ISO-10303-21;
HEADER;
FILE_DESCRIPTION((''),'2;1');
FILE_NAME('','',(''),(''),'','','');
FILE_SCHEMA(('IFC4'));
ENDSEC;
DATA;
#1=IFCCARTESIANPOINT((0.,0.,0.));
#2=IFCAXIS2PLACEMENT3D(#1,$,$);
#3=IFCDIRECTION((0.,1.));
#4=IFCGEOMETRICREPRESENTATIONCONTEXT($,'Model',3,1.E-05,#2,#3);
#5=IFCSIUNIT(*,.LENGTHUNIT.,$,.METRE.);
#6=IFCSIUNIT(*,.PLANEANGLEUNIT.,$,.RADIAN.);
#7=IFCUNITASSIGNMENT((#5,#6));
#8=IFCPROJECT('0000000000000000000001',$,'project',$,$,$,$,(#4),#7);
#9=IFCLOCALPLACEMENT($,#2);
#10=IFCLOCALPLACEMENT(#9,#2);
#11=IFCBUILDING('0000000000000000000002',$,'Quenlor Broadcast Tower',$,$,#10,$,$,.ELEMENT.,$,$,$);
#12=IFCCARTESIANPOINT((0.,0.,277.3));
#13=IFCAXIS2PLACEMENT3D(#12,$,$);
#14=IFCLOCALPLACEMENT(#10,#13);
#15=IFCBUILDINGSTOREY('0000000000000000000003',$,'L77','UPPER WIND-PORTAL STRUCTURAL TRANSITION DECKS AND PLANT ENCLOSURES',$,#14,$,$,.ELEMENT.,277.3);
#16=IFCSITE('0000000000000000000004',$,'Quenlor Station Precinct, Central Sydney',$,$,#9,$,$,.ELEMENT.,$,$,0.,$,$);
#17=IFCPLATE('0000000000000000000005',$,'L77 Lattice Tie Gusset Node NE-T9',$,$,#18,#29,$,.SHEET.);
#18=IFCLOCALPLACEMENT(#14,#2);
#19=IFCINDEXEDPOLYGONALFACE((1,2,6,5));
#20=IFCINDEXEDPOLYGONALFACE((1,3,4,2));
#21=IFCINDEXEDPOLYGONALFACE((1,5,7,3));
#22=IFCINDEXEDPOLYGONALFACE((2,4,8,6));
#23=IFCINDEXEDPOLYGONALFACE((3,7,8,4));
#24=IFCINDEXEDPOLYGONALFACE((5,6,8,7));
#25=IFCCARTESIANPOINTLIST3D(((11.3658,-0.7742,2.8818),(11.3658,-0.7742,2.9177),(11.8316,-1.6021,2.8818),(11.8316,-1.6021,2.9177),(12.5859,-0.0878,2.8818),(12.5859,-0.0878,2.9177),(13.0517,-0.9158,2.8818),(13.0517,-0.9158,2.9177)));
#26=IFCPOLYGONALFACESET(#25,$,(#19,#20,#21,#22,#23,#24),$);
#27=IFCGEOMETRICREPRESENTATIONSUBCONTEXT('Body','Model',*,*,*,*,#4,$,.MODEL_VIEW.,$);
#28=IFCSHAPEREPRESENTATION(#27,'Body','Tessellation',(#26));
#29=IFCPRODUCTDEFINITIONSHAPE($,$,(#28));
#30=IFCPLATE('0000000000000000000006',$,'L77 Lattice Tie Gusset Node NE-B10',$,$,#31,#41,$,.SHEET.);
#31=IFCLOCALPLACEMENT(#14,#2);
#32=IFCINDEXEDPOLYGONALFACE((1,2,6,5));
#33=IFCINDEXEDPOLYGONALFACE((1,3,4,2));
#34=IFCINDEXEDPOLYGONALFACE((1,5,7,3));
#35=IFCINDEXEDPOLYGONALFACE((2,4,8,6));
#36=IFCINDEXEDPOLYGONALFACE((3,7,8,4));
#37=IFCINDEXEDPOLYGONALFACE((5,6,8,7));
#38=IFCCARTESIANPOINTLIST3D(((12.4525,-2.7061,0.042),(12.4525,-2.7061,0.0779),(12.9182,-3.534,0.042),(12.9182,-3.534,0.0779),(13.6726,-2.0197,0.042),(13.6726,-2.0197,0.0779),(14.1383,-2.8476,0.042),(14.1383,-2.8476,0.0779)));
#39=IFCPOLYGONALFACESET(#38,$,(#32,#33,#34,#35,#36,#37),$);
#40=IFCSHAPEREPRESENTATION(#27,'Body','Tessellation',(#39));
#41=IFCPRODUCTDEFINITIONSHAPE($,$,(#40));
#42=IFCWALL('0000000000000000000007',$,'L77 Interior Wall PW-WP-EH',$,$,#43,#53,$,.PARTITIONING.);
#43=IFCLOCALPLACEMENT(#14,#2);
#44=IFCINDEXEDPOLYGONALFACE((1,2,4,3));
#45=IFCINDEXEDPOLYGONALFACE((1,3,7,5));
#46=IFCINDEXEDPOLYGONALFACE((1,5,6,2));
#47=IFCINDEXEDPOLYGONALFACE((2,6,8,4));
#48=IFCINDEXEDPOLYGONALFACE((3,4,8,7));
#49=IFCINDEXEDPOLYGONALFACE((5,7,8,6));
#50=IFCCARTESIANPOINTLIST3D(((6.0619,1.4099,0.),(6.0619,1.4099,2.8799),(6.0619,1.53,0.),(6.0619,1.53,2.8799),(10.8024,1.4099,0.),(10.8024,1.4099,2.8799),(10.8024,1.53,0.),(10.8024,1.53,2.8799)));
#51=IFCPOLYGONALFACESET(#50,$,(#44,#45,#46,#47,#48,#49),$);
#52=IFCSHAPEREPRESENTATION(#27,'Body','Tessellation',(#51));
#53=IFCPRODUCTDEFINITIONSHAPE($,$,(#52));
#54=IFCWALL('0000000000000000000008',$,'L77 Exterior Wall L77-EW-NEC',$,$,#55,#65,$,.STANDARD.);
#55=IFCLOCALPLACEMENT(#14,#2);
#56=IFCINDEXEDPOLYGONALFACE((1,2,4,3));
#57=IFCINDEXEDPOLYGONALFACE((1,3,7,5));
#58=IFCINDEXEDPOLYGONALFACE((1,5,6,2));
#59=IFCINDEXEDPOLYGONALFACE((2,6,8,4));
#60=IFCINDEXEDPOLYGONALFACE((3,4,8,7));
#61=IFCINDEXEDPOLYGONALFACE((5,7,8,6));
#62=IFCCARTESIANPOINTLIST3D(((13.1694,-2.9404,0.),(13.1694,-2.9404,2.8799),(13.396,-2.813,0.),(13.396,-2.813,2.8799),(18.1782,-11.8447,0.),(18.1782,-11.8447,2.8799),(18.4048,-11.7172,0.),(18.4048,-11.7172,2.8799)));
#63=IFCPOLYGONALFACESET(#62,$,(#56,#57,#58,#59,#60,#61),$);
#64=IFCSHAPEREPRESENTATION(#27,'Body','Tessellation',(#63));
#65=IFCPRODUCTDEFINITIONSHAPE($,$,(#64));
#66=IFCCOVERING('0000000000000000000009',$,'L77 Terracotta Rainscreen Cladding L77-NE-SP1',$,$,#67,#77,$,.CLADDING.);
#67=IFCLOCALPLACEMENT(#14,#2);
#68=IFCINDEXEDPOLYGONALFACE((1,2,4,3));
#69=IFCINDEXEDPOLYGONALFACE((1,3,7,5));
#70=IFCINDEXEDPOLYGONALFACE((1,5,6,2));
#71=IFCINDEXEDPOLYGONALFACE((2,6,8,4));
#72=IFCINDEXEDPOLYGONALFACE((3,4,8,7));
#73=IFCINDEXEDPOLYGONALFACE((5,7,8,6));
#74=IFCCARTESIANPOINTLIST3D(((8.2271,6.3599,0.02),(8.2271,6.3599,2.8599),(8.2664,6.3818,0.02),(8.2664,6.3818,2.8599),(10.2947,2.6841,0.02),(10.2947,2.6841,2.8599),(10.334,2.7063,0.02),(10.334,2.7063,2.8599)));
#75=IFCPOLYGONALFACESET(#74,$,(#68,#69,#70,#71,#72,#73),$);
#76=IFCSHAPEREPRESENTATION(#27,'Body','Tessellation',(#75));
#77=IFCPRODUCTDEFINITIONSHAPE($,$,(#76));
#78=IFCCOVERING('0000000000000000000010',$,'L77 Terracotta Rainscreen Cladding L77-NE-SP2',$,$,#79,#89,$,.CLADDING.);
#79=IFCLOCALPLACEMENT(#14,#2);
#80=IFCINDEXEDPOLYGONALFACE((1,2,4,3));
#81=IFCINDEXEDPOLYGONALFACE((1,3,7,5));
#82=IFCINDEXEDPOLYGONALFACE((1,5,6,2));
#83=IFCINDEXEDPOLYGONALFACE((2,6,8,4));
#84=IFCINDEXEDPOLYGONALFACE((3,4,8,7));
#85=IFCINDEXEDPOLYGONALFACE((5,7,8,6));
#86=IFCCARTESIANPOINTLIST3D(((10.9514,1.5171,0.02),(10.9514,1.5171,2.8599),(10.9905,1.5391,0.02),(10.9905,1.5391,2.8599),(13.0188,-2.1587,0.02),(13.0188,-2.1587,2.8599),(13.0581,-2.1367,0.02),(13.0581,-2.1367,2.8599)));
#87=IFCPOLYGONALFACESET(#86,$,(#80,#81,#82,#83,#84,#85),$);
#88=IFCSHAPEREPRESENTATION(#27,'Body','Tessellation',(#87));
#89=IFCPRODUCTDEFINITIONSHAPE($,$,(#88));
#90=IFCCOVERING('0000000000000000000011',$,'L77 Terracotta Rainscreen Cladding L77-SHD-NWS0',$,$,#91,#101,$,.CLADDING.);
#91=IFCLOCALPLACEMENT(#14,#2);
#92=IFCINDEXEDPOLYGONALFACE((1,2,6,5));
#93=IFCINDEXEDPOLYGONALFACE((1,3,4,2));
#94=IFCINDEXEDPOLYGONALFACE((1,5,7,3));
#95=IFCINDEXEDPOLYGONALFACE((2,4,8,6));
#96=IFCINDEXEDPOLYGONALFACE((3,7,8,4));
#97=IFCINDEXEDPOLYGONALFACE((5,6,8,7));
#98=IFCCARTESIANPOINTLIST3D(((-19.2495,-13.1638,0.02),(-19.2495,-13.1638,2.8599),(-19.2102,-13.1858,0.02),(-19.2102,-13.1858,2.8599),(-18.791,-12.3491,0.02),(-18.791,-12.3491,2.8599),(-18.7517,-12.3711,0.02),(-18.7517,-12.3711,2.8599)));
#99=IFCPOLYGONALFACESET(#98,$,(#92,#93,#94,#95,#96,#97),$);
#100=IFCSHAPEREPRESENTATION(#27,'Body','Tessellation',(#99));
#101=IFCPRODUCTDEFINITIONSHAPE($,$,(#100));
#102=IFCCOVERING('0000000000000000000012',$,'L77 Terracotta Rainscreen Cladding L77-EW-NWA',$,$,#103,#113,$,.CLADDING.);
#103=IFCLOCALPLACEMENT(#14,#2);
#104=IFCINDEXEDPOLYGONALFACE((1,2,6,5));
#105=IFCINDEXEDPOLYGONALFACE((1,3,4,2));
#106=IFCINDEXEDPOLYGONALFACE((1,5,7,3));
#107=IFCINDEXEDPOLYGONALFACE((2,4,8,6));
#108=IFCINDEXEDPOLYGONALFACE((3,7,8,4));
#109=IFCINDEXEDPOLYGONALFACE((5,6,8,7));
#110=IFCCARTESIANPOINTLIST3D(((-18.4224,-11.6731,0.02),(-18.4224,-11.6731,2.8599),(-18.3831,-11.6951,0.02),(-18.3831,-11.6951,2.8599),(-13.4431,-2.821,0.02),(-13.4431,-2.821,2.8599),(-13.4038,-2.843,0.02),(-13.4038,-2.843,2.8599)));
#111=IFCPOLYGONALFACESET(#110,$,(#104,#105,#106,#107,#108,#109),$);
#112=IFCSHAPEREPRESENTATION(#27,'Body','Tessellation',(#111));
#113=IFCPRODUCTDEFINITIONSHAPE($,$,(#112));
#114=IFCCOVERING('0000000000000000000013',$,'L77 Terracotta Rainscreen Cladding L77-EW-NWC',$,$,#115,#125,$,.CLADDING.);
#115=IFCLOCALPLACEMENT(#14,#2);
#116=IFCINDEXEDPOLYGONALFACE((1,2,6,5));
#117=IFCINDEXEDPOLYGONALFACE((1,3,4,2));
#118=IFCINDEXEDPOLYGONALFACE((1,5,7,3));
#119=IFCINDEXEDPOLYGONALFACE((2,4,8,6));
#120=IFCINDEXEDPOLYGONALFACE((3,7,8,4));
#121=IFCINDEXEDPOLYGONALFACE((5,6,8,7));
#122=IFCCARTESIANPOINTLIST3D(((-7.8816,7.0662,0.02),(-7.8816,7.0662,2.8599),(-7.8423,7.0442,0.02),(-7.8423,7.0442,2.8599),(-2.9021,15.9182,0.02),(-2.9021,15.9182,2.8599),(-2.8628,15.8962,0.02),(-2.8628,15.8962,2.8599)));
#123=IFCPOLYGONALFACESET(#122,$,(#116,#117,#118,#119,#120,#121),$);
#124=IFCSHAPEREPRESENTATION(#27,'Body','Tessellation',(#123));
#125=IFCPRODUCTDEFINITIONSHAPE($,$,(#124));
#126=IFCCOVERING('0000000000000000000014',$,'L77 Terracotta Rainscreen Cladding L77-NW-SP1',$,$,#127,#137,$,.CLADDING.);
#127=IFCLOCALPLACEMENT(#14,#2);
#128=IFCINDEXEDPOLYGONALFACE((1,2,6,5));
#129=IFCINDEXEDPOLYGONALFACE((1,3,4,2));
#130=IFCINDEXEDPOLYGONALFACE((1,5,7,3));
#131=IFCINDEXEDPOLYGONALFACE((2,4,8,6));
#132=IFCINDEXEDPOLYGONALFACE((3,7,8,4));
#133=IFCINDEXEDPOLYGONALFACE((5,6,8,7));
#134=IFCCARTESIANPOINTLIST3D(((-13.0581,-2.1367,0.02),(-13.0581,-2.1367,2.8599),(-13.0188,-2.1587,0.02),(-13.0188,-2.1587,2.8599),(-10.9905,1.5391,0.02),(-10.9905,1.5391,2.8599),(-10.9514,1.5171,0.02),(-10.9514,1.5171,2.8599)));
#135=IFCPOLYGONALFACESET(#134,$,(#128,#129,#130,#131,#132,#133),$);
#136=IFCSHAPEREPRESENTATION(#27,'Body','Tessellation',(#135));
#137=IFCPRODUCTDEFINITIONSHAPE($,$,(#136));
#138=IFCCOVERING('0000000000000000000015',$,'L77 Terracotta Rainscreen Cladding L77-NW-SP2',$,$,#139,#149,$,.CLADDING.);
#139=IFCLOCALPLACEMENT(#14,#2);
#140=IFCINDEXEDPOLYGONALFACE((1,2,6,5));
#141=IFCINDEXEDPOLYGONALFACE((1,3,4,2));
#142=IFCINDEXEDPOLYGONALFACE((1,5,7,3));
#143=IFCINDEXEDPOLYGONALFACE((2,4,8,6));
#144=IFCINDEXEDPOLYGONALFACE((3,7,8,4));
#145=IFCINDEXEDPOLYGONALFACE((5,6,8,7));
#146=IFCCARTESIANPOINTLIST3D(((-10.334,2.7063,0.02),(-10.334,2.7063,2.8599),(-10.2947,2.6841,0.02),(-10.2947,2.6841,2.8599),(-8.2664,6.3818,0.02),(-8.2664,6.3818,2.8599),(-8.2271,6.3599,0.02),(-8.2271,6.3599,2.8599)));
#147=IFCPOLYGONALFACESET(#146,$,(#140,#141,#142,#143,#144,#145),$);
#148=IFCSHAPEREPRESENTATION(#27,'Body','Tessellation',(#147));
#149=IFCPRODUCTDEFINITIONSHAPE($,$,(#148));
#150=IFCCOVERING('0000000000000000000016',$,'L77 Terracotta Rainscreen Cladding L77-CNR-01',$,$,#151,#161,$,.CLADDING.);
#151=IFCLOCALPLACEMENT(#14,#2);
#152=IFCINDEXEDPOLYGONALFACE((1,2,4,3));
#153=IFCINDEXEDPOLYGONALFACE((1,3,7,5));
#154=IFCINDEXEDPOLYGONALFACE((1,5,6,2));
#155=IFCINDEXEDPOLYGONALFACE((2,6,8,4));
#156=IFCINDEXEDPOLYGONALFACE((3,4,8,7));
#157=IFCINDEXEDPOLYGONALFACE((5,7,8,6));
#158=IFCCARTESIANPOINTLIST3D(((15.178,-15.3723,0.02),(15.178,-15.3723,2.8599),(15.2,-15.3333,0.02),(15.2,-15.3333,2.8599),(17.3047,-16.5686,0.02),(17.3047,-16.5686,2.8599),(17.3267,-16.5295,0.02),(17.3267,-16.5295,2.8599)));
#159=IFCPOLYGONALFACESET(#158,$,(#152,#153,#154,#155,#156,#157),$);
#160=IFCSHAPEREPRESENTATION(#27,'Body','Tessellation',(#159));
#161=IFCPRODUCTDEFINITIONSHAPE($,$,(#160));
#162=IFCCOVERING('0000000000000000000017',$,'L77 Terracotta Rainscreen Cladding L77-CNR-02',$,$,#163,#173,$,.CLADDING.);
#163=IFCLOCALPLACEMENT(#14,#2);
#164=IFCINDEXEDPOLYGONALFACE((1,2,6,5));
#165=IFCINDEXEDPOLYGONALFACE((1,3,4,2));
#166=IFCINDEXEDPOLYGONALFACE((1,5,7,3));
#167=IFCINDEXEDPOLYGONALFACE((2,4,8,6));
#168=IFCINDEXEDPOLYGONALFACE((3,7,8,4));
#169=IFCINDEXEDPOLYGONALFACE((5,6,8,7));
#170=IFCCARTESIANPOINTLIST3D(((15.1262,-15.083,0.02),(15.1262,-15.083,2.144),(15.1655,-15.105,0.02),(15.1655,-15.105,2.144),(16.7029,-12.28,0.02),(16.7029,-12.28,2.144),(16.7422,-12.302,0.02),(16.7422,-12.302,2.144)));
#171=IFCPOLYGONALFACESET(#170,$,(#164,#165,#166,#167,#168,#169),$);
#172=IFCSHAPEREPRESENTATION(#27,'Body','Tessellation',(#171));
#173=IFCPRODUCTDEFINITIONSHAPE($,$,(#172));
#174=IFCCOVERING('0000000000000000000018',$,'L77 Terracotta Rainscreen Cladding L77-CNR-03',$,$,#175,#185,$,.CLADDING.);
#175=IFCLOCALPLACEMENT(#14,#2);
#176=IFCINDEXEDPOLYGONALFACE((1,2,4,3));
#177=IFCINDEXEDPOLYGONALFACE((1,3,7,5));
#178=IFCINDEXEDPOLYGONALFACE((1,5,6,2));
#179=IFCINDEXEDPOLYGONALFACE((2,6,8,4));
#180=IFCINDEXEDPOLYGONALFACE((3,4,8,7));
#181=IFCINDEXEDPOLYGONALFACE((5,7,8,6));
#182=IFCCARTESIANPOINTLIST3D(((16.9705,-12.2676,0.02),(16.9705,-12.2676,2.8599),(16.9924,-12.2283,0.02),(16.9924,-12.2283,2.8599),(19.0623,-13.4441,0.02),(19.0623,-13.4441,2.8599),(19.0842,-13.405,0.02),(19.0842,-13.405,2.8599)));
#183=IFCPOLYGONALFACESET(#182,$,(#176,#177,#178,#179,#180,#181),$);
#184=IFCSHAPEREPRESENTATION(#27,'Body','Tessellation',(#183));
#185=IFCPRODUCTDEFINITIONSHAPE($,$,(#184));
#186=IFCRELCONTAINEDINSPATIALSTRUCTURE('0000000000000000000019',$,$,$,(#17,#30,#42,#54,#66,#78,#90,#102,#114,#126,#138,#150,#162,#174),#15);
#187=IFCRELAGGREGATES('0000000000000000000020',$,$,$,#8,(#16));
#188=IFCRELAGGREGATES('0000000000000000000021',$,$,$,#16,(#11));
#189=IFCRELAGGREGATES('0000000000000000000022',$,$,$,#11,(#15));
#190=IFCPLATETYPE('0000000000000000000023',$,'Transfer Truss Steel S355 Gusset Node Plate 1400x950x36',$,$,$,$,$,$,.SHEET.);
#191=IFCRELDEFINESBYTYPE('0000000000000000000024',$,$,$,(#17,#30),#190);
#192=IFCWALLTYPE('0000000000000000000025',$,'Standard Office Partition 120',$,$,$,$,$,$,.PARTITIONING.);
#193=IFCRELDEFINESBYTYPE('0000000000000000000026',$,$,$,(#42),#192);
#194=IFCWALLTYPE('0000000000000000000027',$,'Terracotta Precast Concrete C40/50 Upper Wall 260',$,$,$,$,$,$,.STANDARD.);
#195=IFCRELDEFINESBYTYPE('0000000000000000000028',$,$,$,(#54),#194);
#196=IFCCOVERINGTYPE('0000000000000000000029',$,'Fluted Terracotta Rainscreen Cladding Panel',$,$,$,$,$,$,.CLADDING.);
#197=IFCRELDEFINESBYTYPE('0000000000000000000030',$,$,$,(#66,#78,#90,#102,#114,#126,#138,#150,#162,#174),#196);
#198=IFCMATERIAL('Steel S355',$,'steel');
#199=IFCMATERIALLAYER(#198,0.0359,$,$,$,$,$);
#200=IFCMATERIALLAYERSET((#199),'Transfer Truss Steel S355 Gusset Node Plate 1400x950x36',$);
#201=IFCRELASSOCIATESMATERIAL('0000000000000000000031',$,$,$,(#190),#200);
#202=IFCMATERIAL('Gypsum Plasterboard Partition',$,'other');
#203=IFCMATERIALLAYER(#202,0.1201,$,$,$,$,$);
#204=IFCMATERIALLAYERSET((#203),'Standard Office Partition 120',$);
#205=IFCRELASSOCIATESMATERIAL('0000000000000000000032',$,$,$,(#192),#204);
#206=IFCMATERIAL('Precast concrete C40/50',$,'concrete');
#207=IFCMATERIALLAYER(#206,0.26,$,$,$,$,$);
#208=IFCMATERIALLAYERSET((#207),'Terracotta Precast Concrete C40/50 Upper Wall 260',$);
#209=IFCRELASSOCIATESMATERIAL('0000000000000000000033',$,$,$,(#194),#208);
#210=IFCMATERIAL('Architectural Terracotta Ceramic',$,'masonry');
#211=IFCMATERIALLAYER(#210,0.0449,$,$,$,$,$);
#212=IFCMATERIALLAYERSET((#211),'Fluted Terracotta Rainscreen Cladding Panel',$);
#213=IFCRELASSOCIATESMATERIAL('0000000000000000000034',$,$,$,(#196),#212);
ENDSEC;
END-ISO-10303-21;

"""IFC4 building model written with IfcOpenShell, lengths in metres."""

from ifc_helpers import new_model, si_unit, direction, frame, frame_2d, origin, origin_2d, place, context, subcontext, project, spatial, polyline, rectangle, outline, extrude, material, layer, layer_set, type_object, element, save


model = new_model("IFC4")

# Units and contexts
model_context = context("Model", 3, precision=1e-05, world=origin(), true_north=direction((0.0, 1.0)))
body_context = subcontext(model_context, "Body", "Model", "MODEL_VIEW")
ifc_project = project(units=[si_unit("LENGTHUNIT", "METRE"), si_unit("PLANEANGLEUNIT", "RADIAN")], contexts=[model_context])

# Site, building, storey
site_placement = place(None, origin())
site = spatial("IfcSite", under=ifc_project, at=site_placement, Name="Quenlor Station Precinct, Central Sydney", CompositionType="ELEMENT", RefElevation=0.0)
building_placement = place(site_placement, origin())
building = spatial("IfcBuilding", under=site, at=building_placement, Name="Quenlor Broadcast Tower", CompositionType="ELEMENT")
storey_placement = place(building_placement, frame((0.0, 0.0, 277.3)))
storey = spatial("IfcBuildingStorey", under=building, at=storey_placement, Name="L77", Description="UPPER WIND-PORTAL STRUCTURAL TRANSITION DECKS AND PLANT ENCLOSURES", CompositionType="ELEMENT", Elevation=277.3)

# Plates
ifc_material_1 = material(Name="Steel S355", Category="steel")
ifc_layer_1 = layer(ifc_material_1, 0.0359)
ifc_layer_set_1 = layer_set([ifc_layer_1], Name="Transfer Truss Steel S355 Gusset Node Plate 1400x950x36")
plate_type = type_object("IfcPlateType", Name="Transfer Truss Steel S355 Gusset Node Plate 1400x950x36", PredefinedType="SHEET", material=ifc_layer_set_1)
for number, where, z_axis, x_axis, name in (
    (1, (12.2087, -0.845, 2.8818), (0.0, 0.0, 1.0), (0.871556, 0.490295, 0.0), "L77 Lattice Tie Gusset Node NE-T9"),
    (2, (13.2954, -2.7769, 0.042), (0.0, 0.0, 1.0), (0.871556, 0.490295, 0.0), "L77 Lattice Tie Gusset Node NE-B10"),
):
    element("IfcPlate", number, at=place(storey_placement, frame(where, z_axis=z_axis, x_axis=x_axis)), inside=storey, type_object=plate_type, Name=name, PredefinedType="SHEET", context=body_context, shape_type="SweptSolid", body=[
        extrude(rectangle(XDim=1.3999, YDim=0.95, at=origin_2d()), origin(), (0.0, 0.0, 1.0), 0.0359),
    ])

# Walls
ifc_material_2 = material(Name="Gypsum Plasterboard Partition", Category="other")
ifc_layer_2 = layer(ifc_material_2, 0.1201)
ifc_layer_set_2 = layer_set([ifc_layer_2], Name="Standard Office Partition 120")
wall_type_1 = type_object("IfcWallType", Name="Standard Office Partition 120", PredefinedType="PARTITIONING", material=ifc_layer_set_2)
wall_1_placement = place(storey_placement, frame((6.062, 1.47, 0.0), z_axis=(0.0, 0.0, 1.0), x_axis=(1.0, 0.0, 0.0)))
element("IfcWall", 3, at=wall_1_placement, inside=storey, type_object=wall_type_1, Name="L77 Interior Wall PW-WP-EH", PredefinedType="PARTITIONING", context=body_context, shape_type="SweptSolid", body=[
    extrude(rectangle(XDim=4.7405, YDim=0.1201, at=frame_2d((2.3701, 0.0))), origin(), (0.0, 0.0, 1.0), 2.8799),
])
ifc_material_3 = material(Name="Precast concrete C40/50", Category="concrete")
ifc_layer_3 = layer(ifc_material_3, 0.26)
ifc_layer_set_3 = layer_set([ifc_layer_3], Name="Terracotta Precast Concrete C40/50 Upper Wall 260")
wall_type_2 = type_object("IfcWallType", Name="Terracotta Precast Concrete C40/50 Upper Wall 260", PredefinedType="STANDARD", material=ifc_layer_set_3)
wall_2_placement = place(storey_placement, frame((13.2827, -2.8767, 0.0), z_axis=(0.0, 0.0, 1.0), x_axis=(0.49027, -0.87157, 0.0)))
element("IfcWall", 4, at=wall_2_placement, inside=storey, type_object=wall_type_2, Name="L77 Exterior Wall L77-EW-NEC", PredefinedType="STANDARD", context=body_context, shape_type="SweptSolid", body=[
    extrude(rectangle(XDim=10.2163, YDim=0.26, at=frame_2d((5.1082, 0.0))), origin(), (0.0, 0.0, 1.0), 2.8799),
])

# Coverings
ifc_material_4 = material(Name="Architectural Terracotta Ceramic", Category="masonry")
ifc_layer_4 = layer(ifc_material_4, 0.0449)
ifc_layer_set_4 = layer_set([ifc_layer_4], Name="Fluted Terracotta Rainscreen Cladding Panel")
covering_type = type_object("IfcCoveringType", Name="Fluted Terracotta Rainscreen Cladding Panel", PredefinedType="CLADDING", material=ifc_layer_set_4)
covering_1_placement = place(storey_placement, frame((0.0, 0.0, 0.02)))
element("IfcCovering", 5, at=covering_1_placement, inside=storey, type_object=covering_type, Name="L77 Terracotta Rainscreen Cladding L77-NE-SP1", PredefinedType="CLADDING", context=body_context, shape_type="SweptSolid", body=[
    extrude(outline(polyline([(8.2271, 6.3599), (10.2947, 2.6841), (10.334, 2.7063), (8.2664, 6.3818), (8.2271, 6.3599)])), origin(), (0.0, 0.0, 1.0), 2.8398),
])
covering_2_placement = place(storey_placement, frame((0.0, 0.0, 0.02)))
element("IfcCovering", 6, at=covering_2_placement, inside=storey, type_object=covering_type, Name="L77 Terracotta Rainscreen Cladding L77-NE-SP2", PredefinedType="CLADDING", context=body_context, shape_type="SweptSolid", body=[
    extrude(outline(polyline([(10.9514, 1.5171), (13.0188, -2.1587), (13.0581, -2.1367), (10.9905, 1.5391), (10.9514, 1.5171)])), origin(), (0.0, 0.0, 1.0), 2.8398),
])
covering_3_placement = place(storey_placement, frame((0.0, 0.0, 0.02)))
element("IfcCovering", 7, at=covering_3_placement, inside=storey, type_object=covering_type, Name="L77 Terracotta Rainscreen Cladding L77-SHD-NWS0", PredefinedType="CLADDING", context=body_context, shape_type="SweptSolid", body=[
    extrude(outline(polyline([(-19.2102, -13.1858), (-18.7517, -12.3711), (-18.791, -12.3491), (-19.2495, -13.1638), (-19.2102, -13.1858)])), origin(), (0.0, 0.0, 1.0), 2.8398),
])
covering_4_placement = place(storey_placement, frame((0.0, 0.0, 0.02)))
element("IfcCovering", 8, at=covering_4_placement, inside=storey, type_object=covering_type, Name="L77 Terracotta Rainscreen Cladding L77-EW-NWA", PredefinedType="CLADDING", context=body_context, shape_type="SweptSolid", body=[
    extrude(outline(polyline([(-18.3831, -11.6951), (-13.4038, -2.843), (-13.4431, -2.821), (-18.4224, -11.6731), (-18.3831, -11.6951)])), origin(), (0.0, 0.0, 1.0), 2.8398),
])
covering_5_placement = place(storey_placement, frame((0.0, 0.0, 0.02)))
element("IfcCovering", 9, at=covering_5_placement, inside=storey, type_object=covering_type, Name="L77 Terracotta Rainscreen Cladding L77-EW-NWC", PredefinedType="CLADDING", context=body_context, shape_type="SweptSolid", body=[
    extrude(outline(polyline([(-7.8423, 7.0442), (-2.8628, 15.8962), (-2.9021, 15.9182), (-7.8816, 7.0662), (-7.8423, 7.0442)])), origin(), (0.0, 0.0, 1.0), 2.8398),
])
covering_6_placement = place(storey_placement, frame((0.0, 0.0, 0.02)))
element("IfcCovering", 10, at=covering_6_placement, inside=storey, type_object=covering_type, Name="L77 Terracotta Rainscreen Cladding L77-NW-SP1", PredefinedType="CLADDING", context=body_context, shape_type="SweptSolid", body=[
    extrude(outline(polyline([(-13.0188, -2.1587), (-10.9514, 1.5171), (-10.9905, 1.5391), (-13.0581, -2.1367), (-13.0188, -2.1587)])), origin(), (0.0, 0.0, 1.0), 2.8398),
])
covering_7_placement = place(storey_placement, frame((0.0, 0.0, 0.02)))
element("IfcCovering", 11, at=covering_7_placement, inside=storey, type_object=covering_type, Name="L77 Terracotta Rainscreen Cladding L77-NW-SP2", PredefinedType="CLADDING", context=body_context, shape_type="SweptSolid", body=[
    extrude(outline(polyline([(-10.2947, 2.6841), (-8.2271, 6.3599), (-8.2664, 6.3818), (-10.334, 2.7063), (-10.2947, 2.6841)])), origin(), (0.0, 0.0, 1.0), 2.8398),
])
covering_8_placement = place(storey_placement, frame((0.0, 0.0, 0.02)))
element("IfcCovering", 12, at=covering_8_placement, inside=storey, type_object=covering_type, Name="L77 Terracotta Rainscreen Cladding L77-CNR-01", PredefinedType="CLADDING", context=body_context, shape_type="SweptSolid", body=[
    extrude(outline(polyline([(17.3267, -16.5295), (15.2, -15.3333), (15.178, -15.3723), (17.3047, -16.5686), (17.3267, -16.5295)])), origin(), (0.0, 0.0, 1.0), 2.8398),
])
covering_9_placement = place(storey_placement, frame((0.0, 0.0, 0.02)))
element("IfcCovering", 13, at=covering_9_placement, inside=storey, type_object=covering_type, Name="L77 Terracotta Rainscreen Cladding L77-CNR-02", PredefinedType="CLADDING", context=body_context, shape_type="SweptSolid", body=[
    extrude(outline(polyline([(15.1655, -15.105), (16.7422, -12.302), (16.7029, -12.28), (15.1262, -15.083), (15.1655, -15.105)])), origin(), (0.0, 0.0, 1.0), 2.124),
])
covering_10_placement = place(storey_placement, frame((0.0, 0.0, 0.02)))
element("IfcCovering", 14, at=covering_10_placement, inside=storey, type_object=covering_type, Name="L77 Terracotta Rainscreen Cladding L77-CNR-03", PredefinedType="CLADDING", context=body_context, shape_type="SweptSolid", body=[
    extrude(outline(polyline([(16.9705, -12.2676), (19.0623, -13.4441), (19.0842, -13.405), (16.9924, -12.2283), (16.9705, -12.2676)])), origin(), (0.0, 0.0, 1.0), 2.8398),
])

save(model, "model.ifc")
